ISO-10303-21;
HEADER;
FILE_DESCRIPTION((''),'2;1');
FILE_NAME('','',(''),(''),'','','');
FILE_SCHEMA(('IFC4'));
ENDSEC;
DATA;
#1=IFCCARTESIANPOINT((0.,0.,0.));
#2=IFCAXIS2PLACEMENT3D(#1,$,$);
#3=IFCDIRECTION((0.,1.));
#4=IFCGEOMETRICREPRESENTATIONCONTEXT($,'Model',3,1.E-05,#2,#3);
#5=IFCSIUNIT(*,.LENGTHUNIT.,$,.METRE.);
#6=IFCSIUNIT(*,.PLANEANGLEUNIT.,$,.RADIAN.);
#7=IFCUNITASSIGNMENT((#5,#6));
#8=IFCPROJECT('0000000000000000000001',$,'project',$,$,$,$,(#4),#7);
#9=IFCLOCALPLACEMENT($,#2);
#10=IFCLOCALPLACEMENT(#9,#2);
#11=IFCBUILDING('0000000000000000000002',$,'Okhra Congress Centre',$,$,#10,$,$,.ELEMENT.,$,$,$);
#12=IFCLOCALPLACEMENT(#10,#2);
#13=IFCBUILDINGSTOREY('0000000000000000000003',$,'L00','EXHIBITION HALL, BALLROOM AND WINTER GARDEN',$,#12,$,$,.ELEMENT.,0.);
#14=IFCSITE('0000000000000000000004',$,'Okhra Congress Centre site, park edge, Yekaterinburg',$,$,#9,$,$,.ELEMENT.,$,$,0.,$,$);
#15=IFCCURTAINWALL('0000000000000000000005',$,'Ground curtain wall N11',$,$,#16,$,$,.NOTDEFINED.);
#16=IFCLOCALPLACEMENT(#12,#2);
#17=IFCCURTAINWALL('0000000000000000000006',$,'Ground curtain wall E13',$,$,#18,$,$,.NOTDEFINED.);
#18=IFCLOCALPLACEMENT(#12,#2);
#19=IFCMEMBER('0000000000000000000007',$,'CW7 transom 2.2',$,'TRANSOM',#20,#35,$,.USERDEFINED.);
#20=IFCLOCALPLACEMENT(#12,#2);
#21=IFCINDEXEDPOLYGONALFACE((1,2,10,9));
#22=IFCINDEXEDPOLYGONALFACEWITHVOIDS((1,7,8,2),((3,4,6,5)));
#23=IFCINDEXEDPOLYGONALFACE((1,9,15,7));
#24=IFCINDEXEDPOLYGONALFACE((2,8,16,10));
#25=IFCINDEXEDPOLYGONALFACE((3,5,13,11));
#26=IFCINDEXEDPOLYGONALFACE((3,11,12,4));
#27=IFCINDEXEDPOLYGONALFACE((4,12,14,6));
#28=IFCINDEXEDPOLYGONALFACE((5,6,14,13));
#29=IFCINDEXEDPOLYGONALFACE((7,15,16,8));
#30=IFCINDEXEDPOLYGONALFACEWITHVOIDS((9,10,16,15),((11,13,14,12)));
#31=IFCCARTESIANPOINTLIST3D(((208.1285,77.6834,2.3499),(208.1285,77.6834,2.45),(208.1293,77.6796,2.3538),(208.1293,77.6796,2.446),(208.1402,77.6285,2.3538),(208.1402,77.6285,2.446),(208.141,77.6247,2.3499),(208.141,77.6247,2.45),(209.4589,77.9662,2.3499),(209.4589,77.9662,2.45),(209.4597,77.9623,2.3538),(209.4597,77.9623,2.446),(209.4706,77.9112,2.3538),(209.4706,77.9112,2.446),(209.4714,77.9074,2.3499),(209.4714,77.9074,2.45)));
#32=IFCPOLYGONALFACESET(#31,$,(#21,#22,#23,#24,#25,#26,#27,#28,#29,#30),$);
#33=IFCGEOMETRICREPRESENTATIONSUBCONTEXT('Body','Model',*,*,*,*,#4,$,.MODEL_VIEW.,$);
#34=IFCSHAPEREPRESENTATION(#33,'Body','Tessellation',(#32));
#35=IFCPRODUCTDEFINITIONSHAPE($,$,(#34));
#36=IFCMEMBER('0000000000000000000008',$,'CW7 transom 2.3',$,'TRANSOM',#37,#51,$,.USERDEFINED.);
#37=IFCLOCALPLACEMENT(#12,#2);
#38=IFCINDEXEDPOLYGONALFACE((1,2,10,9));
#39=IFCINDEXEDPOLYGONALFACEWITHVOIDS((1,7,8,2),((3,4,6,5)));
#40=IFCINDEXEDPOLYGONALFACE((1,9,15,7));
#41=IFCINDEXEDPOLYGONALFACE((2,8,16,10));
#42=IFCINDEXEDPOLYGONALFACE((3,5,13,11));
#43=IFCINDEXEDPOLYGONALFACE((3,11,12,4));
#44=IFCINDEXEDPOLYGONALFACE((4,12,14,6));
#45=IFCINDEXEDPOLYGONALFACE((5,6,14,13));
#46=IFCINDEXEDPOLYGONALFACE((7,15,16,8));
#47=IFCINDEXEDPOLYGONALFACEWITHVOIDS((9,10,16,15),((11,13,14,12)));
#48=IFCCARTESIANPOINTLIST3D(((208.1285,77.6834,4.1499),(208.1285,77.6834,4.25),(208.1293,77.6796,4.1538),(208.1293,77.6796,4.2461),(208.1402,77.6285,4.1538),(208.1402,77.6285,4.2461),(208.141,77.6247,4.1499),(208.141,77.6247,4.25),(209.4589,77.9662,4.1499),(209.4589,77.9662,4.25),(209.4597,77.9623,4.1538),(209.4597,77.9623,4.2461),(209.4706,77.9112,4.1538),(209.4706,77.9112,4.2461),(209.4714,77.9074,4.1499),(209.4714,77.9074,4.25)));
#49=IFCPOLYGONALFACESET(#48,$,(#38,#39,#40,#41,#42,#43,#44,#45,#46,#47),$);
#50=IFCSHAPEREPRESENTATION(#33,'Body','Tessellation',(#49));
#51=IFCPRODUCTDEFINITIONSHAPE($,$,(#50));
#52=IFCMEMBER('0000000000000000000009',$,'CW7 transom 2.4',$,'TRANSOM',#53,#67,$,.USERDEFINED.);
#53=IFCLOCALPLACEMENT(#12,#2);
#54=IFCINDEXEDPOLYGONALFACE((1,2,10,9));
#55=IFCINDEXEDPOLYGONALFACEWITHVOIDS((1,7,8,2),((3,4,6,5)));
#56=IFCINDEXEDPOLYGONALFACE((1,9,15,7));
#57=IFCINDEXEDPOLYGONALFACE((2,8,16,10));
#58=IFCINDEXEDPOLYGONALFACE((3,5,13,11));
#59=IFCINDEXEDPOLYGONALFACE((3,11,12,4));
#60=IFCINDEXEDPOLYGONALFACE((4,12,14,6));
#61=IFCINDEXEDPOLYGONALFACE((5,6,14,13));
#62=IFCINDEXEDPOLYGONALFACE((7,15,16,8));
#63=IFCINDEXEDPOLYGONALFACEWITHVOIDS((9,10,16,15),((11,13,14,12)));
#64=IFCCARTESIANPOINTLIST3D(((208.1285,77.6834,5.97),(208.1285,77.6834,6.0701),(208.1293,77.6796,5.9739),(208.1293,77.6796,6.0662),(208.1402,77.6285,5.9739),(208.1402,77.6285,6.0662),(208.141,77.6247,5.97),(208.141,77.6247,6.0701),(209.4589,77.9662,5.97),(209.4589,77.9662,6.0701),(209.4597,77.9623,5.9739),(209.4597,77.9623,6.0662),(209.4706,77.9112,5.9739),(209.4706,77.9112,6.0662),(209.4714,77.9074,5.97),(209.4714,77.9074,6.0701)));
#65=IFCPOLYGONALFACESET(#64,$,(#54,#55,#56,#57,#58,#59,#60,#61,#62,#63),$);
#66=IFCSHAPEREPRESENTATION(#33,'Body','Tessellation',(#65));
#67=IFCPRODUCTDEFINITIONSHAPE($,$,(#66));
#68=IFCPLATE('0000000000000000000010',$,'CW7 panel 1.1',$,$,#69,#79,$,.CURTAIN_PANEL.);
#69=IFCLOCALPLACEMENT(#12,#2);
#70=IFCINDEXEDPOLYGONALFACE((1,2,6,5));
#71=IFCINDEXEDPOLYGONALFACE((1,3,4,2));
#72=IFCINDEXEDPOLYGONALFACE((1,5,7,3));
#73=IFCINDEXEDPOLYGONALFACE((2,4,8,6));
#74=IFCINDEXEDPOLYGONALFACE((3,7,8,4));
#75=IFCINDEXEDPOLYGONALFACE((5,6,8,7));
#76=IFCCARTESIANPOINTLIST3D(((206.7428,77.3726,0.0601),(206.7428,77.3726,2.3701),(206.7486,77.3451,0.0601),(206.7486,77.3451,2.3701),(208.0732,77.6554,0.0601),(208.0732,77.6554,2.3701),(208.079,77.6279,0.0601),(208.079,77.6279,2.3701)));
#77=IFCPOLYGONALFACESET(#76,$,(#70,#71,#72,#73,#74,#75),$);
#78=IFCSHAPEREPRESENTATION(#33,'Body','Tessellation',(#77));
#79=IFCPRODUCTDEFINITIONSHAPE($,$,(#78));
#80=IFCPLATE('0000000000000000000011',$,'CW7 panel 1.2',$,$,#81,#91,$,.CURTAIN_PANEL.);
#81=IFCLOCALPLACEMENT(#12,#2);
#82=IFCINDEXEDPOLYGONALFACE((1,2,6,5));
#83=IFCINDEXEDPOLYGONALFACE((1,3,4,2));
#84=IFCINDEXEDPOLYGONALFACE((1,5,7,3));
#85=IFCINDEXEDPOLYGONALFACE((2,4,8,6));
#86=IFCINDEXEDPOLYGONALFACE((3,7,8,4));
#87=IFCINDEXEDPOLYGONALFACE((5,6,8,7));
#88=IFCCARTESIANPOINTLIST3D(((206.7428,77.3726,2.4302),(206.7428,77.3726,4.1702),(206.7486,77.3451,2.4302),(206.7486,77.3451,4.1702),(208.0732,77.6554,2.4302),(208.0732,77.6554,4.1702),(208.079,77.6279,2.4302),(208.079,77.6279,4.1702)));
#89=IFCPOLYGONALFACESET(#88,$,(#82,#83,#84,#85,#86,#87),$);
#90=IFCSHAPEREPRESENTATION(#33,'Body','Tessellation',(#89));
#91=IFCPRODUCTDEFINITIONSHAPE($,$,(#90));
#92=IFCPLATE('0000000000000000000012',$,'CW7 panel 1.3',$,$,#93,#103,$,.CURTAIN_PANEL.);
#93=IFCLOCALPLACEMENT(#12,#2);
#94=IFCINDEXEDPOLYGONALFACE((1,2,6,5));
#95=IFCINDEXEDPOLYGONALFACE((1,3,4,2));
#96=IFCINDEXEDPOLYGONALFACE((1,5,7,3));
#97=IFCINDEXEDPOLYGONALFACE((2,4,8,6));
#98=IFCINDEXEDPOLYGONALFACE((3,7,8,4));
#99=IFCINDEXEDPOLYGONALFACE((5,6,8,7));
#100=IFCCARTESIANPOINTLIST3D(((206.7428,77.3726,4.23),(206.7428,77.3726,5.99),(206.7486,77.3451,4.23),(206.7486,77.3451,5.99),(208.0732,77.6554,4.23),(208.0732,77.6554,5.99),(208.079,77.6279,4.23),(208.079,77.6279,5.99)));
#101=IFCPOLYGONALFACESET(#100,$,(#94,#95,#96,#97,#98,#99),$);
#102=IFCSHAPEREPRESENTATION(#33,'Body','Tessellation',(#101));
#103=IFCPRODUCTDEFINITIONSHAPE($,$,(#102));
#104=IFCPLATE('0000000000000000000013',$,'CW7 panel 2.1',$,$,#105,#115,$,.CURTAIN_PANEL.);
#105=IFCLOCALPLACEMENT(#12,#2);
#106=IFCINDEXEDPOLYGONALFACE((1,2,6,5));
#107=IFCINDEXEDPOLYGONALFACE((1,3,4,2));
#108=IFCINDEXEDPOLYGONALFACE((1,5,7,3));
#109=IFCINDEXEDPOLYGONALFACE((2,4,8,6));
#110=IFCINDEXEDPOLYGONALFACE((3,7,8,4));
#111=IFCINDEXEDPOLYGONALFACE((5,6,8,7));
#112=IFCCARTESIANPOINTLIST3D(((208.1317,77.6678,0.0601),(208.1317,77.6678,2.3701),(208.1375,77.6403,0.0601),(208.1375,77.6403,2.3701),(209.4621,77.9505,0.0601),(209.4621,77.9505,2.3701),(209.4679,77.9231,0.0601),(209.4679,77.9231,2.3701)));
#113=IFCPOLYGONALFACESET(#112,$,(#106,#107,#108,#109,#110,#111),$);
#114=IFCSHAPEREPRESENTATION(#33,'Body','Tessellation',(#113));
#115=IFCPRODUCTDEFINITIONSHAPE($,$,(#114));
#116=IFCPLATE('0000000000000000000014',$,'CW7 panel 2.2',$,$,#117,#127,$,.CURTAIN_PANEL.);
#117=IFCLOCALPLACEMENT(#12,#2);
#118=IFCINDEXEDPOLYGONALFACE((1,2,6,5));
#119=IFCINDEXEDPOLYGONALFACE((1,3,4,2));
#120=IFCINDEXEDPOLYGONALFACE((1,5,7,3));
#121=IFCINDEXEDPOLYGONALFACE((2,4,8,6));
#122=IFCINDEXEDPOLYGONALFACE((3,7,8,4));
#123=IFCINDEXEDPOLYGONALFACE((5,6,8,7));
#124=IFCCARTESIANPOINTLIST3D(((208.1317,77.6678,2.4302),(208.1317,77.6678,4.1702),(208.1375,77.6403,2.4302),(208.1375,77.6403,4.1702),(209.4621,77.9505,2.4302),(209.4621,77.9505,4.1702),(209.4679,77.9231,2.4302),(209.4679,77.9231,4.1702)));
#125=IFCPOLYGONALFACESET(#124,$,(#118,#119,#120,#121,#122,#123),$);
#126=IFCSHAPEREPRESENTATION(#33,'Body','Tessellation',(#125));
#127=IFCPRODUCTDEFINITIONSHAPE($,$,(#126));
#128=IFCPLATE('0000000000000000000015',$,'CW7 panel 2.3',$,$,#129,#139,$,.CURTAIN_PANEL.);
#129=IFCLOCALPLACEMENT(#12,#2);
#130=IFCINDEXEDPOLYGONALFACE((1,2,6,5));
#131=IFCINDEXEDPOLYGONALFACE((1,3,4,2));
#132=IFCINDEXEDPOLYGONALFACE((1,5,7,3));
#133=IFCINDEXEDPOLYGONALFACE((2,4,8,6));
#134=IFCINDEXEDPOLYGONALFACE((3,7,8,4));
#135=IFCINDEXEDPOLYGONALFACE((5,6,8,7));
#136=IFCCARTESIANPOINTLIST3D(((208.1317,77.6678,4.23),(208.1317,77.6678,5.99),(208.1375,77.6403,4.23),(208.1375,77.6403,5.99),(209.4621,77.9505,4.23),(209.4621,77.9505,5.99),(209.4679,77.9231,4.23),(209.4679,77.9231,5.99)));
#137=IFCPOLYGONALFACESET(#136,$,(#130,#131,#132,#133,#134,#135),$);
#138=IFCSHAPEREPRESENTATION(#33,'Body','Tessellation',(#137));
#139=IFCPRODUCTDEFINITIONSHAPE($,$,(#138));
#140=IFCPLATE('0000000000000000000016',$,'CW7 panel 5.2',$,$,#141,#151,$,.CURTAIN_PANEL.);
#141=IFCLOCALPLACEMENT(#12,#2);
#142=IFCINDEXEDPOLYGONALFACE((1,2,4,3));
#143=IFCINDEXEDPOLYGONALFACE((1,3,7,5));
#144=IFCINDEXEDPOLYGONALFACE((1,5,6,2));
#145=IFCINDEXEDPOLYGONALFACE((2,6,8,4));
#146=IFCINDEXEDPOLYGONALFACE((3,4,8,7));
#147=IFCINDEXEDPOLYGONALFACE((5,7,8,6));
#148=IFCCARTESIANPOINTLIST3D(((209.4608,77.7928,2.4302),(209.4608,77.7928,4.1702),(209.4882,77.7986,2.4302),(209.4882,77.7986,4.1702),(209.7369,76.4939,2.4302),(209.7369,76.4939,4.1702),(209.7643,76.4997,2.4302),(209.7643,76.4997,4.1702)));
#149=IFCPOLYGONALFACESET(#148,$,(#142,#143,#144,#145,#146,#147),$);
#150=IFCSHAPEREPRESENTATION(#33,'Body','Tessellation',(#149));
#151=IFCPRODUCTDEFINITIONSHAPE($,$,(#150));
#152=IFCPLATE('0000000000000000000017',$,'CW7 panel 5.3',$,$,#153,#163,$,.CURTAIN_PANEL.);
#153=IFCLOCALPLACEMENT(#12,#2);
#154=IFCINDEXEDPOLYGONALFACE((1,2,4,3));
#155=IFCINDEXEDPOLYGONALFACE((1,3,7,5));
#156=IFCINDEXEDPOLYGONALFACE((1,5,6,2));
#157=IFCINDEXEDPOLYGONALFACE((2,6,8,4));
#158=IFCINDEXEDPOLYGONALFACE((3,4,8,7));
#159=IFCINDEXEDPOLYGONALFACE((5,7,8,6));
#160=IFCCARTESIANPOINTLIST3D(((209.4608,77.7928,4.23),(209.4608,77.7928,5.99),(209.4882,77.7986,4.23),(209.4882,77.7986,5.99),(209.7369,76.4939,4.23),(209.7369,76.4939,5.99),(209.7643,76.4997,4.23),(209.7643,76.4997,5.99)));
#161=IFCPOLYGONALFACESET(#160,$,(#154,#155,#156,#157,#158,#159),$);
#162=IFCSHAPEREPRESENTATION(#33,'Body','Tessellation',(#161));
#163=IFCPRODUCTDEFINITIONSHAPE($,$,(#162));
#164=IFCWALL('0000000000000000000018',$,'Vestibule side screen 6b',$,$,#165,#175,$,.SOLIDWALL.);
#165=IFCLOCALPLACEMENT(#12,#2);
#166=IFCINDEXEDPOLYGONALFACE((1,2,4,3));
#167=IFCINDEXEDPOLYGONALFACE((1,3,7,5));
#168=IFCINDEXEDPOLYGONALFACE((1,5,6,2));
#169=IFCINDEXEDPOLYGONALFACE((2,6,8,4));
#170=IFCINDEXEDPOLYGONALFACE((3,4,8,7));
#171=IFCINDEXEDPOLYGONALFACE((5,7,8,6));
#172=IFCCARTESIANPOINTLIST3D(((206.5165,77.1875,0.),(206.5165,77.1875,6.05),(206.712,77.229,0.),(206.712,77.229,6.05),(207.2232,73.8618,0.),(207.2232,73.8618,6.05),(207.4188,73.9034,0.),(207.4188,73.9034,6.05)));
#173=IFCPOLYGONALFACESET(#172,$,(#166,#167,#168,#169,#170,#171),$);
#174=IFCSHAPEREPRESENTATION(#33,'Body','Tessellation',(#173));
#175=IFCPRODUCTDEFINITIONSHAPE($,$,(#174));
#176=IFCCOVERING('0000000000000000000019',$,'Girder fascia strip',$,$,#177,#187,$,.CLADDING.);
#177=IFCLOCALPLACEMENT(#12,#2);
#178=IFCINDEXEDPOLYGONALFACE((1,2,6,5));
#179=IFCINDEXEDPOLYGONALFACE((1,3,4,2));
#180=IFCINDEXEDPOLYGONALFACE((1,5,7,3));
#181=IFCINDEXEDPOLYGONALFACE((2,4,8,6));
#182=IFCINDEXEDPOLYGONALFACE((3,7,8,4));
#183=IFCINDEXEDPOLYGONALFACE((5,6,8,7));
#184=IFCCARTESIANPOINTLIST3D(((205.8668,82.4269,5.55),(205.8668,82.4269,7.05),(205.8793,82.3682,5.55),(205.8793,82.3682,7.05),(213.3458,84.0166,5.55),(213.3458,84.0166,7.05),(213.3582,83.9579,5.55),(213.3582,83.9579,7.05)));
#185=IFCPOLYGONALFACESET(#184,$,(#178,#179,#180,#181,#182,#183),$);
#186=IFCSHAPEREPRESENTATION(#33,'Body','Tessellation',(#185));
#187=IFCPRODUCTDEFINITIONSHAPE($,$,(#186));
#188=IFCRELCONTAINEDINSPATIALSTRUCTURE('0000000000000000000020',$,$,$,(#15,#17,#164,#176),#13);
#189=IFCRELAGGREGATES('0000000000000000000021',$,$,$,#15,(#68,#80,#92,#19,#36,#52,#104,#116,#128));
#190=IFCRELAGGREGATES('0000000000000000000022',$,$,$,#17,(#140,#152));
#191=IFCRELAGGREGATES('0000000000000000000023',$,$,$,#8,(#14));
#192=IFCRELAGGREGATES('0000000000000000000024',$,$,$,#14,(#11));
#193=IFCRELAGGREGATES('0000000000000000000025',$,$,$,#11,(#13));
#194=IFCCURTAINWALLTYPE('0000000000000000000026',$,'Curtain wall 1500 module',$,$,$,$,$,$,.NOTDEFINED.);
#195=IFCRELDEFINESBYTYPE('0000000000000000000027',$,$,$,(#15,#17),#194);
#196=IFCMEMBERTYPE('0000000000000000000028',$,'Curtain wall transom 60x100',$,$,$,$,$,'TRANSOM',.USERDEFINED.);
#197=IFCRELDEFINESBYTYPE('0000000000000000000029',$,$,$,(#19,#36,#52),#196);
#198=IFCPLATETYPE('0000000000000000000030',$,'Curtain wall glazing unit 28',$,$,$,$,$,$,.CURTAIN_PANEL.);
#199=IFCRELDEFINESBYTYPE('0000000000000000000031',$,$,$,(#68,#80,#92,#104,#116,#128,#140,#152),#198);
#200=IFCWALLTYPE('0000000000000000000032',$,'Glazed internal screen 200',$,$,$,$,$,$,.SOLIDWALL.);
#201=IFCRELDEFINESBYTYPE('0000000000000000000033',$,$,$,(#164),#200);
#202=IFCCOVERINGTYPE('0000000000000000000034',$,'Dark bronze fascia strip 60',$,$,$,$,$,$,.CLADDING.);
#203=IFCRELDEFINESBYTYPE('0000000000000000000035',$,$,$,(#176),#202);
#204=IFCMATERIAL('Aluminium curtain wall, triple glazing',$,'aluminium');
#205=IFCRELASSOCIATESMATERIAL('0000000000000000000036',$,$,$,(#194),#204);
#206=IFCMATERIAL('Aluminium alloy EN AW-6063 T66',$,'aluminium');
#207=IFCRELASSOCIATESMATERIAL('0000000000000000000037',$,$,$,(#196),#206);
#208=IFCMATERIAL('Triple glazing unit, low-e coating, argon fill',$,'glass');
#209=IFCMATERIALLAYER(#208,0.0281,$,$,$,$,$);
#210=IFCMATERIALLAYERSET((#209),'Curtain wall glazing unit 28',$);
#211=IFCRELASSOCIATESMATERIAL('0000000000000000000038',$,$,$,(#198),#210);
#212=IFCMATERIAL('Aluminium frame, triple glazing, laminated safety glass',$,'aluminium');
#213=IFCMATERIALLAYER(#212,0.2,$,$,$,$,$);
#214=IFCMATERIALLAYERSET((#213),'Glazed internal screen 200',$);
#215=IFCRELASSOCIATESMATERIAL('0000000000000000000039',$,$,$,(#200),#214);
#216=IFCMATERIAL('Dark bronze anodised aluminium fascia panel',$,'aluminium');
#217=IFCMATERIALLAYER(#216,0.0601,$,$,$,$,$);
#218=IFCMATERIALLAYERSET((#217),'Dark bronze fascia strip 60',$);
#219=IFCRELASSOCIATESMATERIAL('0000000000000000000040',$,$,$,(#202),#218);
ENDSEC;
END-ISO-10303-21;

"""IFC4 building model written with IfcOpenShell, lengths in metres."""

from ifc_helpers import new_model, si_unit, direction, frame, frame_2d, origin, origin_2d, place, context, subcontext, project, spatial, rectangle, hollow_rectangle, extrude, material, layer, layer_set, material_profile, profile_set, type_object, element, aggregate, save


model = new_model("IFC4")

# Units and contexts
model_context = context("Model", 3, precision=1e-05, world=origin(), true_north=direction((0.0, 1.0)))
body_context = subcontext(model_context, "Body", "Model", "MODEL_VIEW")
ifc_project = project(units=[si_unit("LENGTHUNIT", "METRE"), si_unit("PLANEANGLEUNIT", "RADIAN")], contexts=[model_context])

# Site, building, storey
site_placement = place(None, origin())
site = spatial("IfcSite", under=ifc_project, at=site_placement, Name="Okhra Congress Centre site, park edge, Yekaterinburg", CompositionType="ELEMENT", RefElevation=0.0)
building_placement = place(site_placement, origin())
building = spatial("IfcBuilding", under=site, at=building_placement, Name="Okhra Congress Centre", CompositionType="ELEMENT")
storey_placement = place(building_placement, origin())
storey = spatial("IfcBuildingStorey", under=building, at=storey_placement, Name="L00", Description="EXHIBITION HALL, BALLROOM AND WINTER GARDEN", CompositionType="ELEMENT", Elevation=0.0)

# Curtain wall
ifc_material_1 = material(Name="Aluminium curtain wall, triple glazing", Category="aluminium")
curtain_wall_type = type_object("IfcCurtainWallType", Name="Curtain wall 1500 module", PredefinedType="NOTDEFINED", material=ifc_material_1)
curtain_wall_1_placement = place(storey_placement, origin())
curtain_wall_1 = element("IfcCurtainWall", 1, at=curtain_wall_1_placement, inside=storey, type_object=curtain_wall_type, Name="Ground curtain wall N11", PredefinedType="NOTDEFINED")
ifc_material_2 = material(Name="Aluminium alloy EN AW-6063 T66", Category="aluminium")

# Curtain wall
curtain_wall_2_placement = place(storey_placement, origin())
curtain_wall_2 = element("IfcCurtainWall", 2, at=curtain_wall_2_placement, inside=storey, type_object=curtain_wall_type, Name="Ground curtain wall E13", PredefinedType="NOTDEFINED")

# Members
ifc_material_profile_1 = material_profile(ifc_material_2, hollow_rectangle(XDim=0.0601, YDim=0.1001, WallThickness=0.0039, at=origin_2d()), Name="RHS 60x100x4")
ifc_profile_set_1 = profile_set([ifc_material_profile_1], Name="Aluminium alloy EN AW-6063 T66")
member_type_1 = type_object("IfcMemberType", Name="Curtain wall transom 60x100", ElementType="TRANSOM", PredefinedType="USERDEFINED", material=ifc_profile_set_1)
member_1_placement = place(storey_placement, frame((208.1348, 77.6541, 2.3999), z_axis=(0.978156, 0.207874, 0.0), x_axis=(-0.207874, 0.978156, 0.0)))
member_1 = element("IfcMember", 3, at=member_1_placement, type_object=member_type_1, Name="CW7 transom 2.2", ObjectType="TRANSOM", PredefinedType="USERDEFINED", context=body_context, shape_type="SweptSolid", body=[
    extrude(hollow_rectangle(XDim=0.0601, YDim=0.1001, WallThickness=0.0039, at=origin_2d()), origin(), (0.0, 0.0, 1.0), 1.3601),
])
member_2_placement = place(storey_placement, frame((208.1348, 77.6541, 4.2), z_axis=(0.978156, 0.207874, 0.0), x_axis=(-0.207874, 0.978156, 0.0)))
member_2 = element("IfcMember", 4, at=member_2_placement, type_object=member_type_1, Name="CW7 transom 2.3", ObjectType="TRANSOM", PredefinedType="USERDEFINED", context=body_context, shape_type="SweptSolid", body=[
    extrude(hollow_rectangle(XDim=0.0601, YDim=0.1001, WallThickness=0.0039, at=origin_2d()), origin(), (0.0, 0.0, 1.0), 1.3601),
])
member_3_placement = place(storey_placement, frame((208.1348, 77.6541, 6.02), z_axis=(0.978156, 0.207874, 0.0), x_axis=(-0.207874, 0.978156, 0.0)))
member_3 = element("IfcMember", 5, at=member_3_placement, type_object=member_type_1, Name="CW7 transom 2.4", ObjectType="TRANSOM", PredefinedType="USERDEFINED", context=body_context, shape_type="SweptSolid", body=[
    extrude(hollow_rectangle(XDim=0.0601, YDim=0.1001, WallThickness=0.0039, at=origin_2d()), origin(), (0.0, 0.0, 1.0), 1.3601),
])

# Plates
ifc_material_3 = material(Name="Triple glazing unit, low-e coating, argon fill", Category="glass")
ifc_layer_1 = layer(ifc_material_3, 0.0281)
ifc_layer_set_1 = layer_set([ifc_layer_1], Name="Curtain wall glazing unit 28")
plate_type = type_object("IfcPlateType", Name="Curtain wall glazing unit 28", PredefinedType="CURTAIN_PANEL", material=ifc_layer_set_1)
plate_1_placement = place(storey_placement, frame((207.4109, 77.5002, 0.0601), z_axis=(0.0, 0.0, 1.0), x_axis=(0.978148, 0.207912, 0.0)))
plate_1 = element("IfcPlate", 6, at=plate_1_placement, type_object=plate_type, Name="CW7 panel 1.1", PredefinedType="CURTAIN_PANEL", context=body_context, shape_type="SweptSolid", body=[
    extrude(rectangle(XDim=1.3601, YDim=0.0281, at=origin_2d()), origin(), (0.0, 0.0, 1.0), 2.3101),
])
plate_2_placement = place(storey_placement, frame((207.4109, 77.5002, 2.4302), z_axis=(0.0, 0.0, 1.0), x_axis=(0.978148, 0.207912, 0.0)))
plate_2 = element("IfcPlate", 7, at=plate_2_placement, type_object=plate_type, Name="CW7 panel 1.2", PredefinedType="CURTAIN_PANEL", context=body_context, shape_type="SweptSolid", body=[
    extrude(rectangle(XDim=1.3601, YDim=0.0281, at=origin_2d()), origin(), (0.0, 0.0, 1.0), 1.74),
])
plate_3_placement = place(storey_placement, frame((207.4109, 77.5002, 4.23), z_axis=(0.0, 0.0, 1.0), x_axis=(0.978148, 0.207912, 0.0)))
plate_3 = element("IfcPlate", 8, at=plate_3_placement, type_object=plate_type, Name="CW7 panel 1.3", PredefinedType="CURTAIN_PANEL", context=body_context, shape_type="SweptSolid", body=[
    extrude(rectangle(XDim=1.3601, YDim=0.0281, at=origin_2d()), origin(), (0.0, 0.0, 1.0), 1.76),
])
plate_4_placement = place(storey_placement, frame((208.7998, 77.7954, 0.0601), z_axis=(0.0, 0.0, 1.0), x_axis=(0.978148, 0.207912, 0.0)))
plate_4 = element("IfcPlate", 9, at=plate_4_placement, type_object=plate_type, Name="CW7 panel 2.1", PredefinedType="CURTAIN_PANEL", context=body_context, shape_type="SweptSolid", body=[
    extrude(rectangle(XDim=1.3601, YDim=0.0281, at=origin_2d()), origin(), (0.0, 0.0, 1.0), 2.3101),
])
plate_5_placement = place(storey_placement, frame((208.7998, 77.7954, 2.4302), z_axis=(0.0, 0.0, 1.0), x_axis=(0.978148, 0.207912, 0.0)))
plate_5 = element("IfcPlate", 10, at=plate_5_placement, type_object=plate_type, Name="CW7 panel 2.2", PredefinedType="CURTAIN_PANEL", context=body_context, shape_type="SweptSolid", body=[
    extrude(rectangle(XDim=1.3601, YDim=0.0281, at=origin_2d()), origin(), (0.0, 0.0, 1.0), 1.74),
])
plate_6_placement = place(storey_placement, frame((208.7998, 77.7954, 4.23), z_axis=(0.0, 0.0, 1.0), x_axis=(0.978148, 0.207912, 0.0)))
plate_6 = element("IfcPlate", 11, at=plate_6_placement, type_object=plate_type, Name="CW7 panel 2.3", PredefinedType="CURTAIN_PANEL", context=body_context, shape_type="SweptSolid", body=[
    extrude(rectangle(XDim=1.3601, YDim=0.0281, at=origin_2d()), origin(), (0.0, 0.0, 1.0), 1.76),
])
aggregate(curtain_wall_1, [plate_1, plate_2, plate_3, member_1, member_2, member_3, plate_4, plate_5, plate_6])
plate_7_placement = place(storey_placement, frame((209.6125, 77.1462, 2.4302), z_axis=(0.0, 0.0, 1.0), x_axis=(-0.207912, 0.978148, 0.0)))
plate_7 = element("IfcPlate", 12, at=plate_7_placement, type_object=plate_type, Name="CW7 panel 5.2", PredefinedType="CURTAIN_PANEL", context=body_context, shape_type="SweptSolid", body=[
    extrude(rectangle(XDim=1.3279, YDim=0.0281, at=origin_2d()), origin(), (0.0, 0.0, 1.0), 1.74),
])
plate_8_placement = place(storey_placement, frame((209.6125, 77.1462, 4.23), z_axis=(0.0, 0.0, 1.0), x_axis=(-0.207912, 0.978148, 0.0)))
plate_8 = element("IfcPlate", 13, at=plate_8_placement, type_object=plate_type, Name="CW7 panel 5.3", PredefinedType="CURTAIN_PANEL", context=body_context, shape_type="SweptSolid", body=[
    extrude(rectangle(XDim=1.3279, YDim=0.0281, at=origin_2d()), origin(), (0.0, 0.0, 1.0), 1.76),
])
aggregate(curtain_wall_2, [plate_7, plate_8])

# Wall
ifc_material_4 = material(Name="Aluminium frame, triple glazing, laminated safety glass", Category="aluminium")
ifc_layer_2 = layer(ifc_material_4, 0.2)
ifc_layer_set_2 = layer_set([ifc_layer_2], Name="Glazed internal screen 200")
wall_type = type_object("IfcWallType", Name="Glazed internal screen 200", PredefinedType="SOLIDWALL", material=ifc_layer_set_2)
wall_placement = place(storey_placement, frame((206.6143, 77.2083, 0.0), z_axis=(0.0, 0.0, 1.0), x_axis=(0.207881, -0.978154, 0.0)))
element("IfcWall", 14, at=wall_placement, inside=storey, type_object=wall_type, Name="Vestibule side screen 6b", PredefinedType="SOLIDWALL", context=body_context, shape_type="SweptSolid", body=[
    extrude(rectangle(XDim=3.3999, YDim=0.2, at=frame_2d((1.7, 0.0))), origin(), (0.0, 0.0, 1.0), 6.05),
])

# Covering
ifc_material_5 = material(Name="Dark bronze anodised aluminium fascia panel", Category="aluminium")
ifc_layer_3 = layer(ifc_material_5, 0.0601)
ifc_layer_set_3 = layer_set([ifc_layer_3], Name="Dark bronze fascia strip 60")
covering_type_1 = type_object("IfcCoveringType", Name="Dark bronze fascia strip 60", PredefinedType="CLADDING", material=ifc_layer_set_3)
covering_1_placement = place(storey_placement, frame((209.6125, 83.1924, 5.55), z_axis=(0.0, 0.0, 1.0), x_axis=(0.978148, 0.207912, 0.0)))
element("IfcCovering", 15, at=covering_1_placement, inside=storey, type_object=covering_type_1, Name="Girder fascia strip", PredefinedType="CLADDING", context=body_context, shape_type="SweptSolid", body=[
    extrude(rectangle(XDim=7.646, YDim=0.0601, at=origin_2d()), origin(), (0.0, 0.0, 1.0), 1.5),
])

save(model, "model.ifc")
